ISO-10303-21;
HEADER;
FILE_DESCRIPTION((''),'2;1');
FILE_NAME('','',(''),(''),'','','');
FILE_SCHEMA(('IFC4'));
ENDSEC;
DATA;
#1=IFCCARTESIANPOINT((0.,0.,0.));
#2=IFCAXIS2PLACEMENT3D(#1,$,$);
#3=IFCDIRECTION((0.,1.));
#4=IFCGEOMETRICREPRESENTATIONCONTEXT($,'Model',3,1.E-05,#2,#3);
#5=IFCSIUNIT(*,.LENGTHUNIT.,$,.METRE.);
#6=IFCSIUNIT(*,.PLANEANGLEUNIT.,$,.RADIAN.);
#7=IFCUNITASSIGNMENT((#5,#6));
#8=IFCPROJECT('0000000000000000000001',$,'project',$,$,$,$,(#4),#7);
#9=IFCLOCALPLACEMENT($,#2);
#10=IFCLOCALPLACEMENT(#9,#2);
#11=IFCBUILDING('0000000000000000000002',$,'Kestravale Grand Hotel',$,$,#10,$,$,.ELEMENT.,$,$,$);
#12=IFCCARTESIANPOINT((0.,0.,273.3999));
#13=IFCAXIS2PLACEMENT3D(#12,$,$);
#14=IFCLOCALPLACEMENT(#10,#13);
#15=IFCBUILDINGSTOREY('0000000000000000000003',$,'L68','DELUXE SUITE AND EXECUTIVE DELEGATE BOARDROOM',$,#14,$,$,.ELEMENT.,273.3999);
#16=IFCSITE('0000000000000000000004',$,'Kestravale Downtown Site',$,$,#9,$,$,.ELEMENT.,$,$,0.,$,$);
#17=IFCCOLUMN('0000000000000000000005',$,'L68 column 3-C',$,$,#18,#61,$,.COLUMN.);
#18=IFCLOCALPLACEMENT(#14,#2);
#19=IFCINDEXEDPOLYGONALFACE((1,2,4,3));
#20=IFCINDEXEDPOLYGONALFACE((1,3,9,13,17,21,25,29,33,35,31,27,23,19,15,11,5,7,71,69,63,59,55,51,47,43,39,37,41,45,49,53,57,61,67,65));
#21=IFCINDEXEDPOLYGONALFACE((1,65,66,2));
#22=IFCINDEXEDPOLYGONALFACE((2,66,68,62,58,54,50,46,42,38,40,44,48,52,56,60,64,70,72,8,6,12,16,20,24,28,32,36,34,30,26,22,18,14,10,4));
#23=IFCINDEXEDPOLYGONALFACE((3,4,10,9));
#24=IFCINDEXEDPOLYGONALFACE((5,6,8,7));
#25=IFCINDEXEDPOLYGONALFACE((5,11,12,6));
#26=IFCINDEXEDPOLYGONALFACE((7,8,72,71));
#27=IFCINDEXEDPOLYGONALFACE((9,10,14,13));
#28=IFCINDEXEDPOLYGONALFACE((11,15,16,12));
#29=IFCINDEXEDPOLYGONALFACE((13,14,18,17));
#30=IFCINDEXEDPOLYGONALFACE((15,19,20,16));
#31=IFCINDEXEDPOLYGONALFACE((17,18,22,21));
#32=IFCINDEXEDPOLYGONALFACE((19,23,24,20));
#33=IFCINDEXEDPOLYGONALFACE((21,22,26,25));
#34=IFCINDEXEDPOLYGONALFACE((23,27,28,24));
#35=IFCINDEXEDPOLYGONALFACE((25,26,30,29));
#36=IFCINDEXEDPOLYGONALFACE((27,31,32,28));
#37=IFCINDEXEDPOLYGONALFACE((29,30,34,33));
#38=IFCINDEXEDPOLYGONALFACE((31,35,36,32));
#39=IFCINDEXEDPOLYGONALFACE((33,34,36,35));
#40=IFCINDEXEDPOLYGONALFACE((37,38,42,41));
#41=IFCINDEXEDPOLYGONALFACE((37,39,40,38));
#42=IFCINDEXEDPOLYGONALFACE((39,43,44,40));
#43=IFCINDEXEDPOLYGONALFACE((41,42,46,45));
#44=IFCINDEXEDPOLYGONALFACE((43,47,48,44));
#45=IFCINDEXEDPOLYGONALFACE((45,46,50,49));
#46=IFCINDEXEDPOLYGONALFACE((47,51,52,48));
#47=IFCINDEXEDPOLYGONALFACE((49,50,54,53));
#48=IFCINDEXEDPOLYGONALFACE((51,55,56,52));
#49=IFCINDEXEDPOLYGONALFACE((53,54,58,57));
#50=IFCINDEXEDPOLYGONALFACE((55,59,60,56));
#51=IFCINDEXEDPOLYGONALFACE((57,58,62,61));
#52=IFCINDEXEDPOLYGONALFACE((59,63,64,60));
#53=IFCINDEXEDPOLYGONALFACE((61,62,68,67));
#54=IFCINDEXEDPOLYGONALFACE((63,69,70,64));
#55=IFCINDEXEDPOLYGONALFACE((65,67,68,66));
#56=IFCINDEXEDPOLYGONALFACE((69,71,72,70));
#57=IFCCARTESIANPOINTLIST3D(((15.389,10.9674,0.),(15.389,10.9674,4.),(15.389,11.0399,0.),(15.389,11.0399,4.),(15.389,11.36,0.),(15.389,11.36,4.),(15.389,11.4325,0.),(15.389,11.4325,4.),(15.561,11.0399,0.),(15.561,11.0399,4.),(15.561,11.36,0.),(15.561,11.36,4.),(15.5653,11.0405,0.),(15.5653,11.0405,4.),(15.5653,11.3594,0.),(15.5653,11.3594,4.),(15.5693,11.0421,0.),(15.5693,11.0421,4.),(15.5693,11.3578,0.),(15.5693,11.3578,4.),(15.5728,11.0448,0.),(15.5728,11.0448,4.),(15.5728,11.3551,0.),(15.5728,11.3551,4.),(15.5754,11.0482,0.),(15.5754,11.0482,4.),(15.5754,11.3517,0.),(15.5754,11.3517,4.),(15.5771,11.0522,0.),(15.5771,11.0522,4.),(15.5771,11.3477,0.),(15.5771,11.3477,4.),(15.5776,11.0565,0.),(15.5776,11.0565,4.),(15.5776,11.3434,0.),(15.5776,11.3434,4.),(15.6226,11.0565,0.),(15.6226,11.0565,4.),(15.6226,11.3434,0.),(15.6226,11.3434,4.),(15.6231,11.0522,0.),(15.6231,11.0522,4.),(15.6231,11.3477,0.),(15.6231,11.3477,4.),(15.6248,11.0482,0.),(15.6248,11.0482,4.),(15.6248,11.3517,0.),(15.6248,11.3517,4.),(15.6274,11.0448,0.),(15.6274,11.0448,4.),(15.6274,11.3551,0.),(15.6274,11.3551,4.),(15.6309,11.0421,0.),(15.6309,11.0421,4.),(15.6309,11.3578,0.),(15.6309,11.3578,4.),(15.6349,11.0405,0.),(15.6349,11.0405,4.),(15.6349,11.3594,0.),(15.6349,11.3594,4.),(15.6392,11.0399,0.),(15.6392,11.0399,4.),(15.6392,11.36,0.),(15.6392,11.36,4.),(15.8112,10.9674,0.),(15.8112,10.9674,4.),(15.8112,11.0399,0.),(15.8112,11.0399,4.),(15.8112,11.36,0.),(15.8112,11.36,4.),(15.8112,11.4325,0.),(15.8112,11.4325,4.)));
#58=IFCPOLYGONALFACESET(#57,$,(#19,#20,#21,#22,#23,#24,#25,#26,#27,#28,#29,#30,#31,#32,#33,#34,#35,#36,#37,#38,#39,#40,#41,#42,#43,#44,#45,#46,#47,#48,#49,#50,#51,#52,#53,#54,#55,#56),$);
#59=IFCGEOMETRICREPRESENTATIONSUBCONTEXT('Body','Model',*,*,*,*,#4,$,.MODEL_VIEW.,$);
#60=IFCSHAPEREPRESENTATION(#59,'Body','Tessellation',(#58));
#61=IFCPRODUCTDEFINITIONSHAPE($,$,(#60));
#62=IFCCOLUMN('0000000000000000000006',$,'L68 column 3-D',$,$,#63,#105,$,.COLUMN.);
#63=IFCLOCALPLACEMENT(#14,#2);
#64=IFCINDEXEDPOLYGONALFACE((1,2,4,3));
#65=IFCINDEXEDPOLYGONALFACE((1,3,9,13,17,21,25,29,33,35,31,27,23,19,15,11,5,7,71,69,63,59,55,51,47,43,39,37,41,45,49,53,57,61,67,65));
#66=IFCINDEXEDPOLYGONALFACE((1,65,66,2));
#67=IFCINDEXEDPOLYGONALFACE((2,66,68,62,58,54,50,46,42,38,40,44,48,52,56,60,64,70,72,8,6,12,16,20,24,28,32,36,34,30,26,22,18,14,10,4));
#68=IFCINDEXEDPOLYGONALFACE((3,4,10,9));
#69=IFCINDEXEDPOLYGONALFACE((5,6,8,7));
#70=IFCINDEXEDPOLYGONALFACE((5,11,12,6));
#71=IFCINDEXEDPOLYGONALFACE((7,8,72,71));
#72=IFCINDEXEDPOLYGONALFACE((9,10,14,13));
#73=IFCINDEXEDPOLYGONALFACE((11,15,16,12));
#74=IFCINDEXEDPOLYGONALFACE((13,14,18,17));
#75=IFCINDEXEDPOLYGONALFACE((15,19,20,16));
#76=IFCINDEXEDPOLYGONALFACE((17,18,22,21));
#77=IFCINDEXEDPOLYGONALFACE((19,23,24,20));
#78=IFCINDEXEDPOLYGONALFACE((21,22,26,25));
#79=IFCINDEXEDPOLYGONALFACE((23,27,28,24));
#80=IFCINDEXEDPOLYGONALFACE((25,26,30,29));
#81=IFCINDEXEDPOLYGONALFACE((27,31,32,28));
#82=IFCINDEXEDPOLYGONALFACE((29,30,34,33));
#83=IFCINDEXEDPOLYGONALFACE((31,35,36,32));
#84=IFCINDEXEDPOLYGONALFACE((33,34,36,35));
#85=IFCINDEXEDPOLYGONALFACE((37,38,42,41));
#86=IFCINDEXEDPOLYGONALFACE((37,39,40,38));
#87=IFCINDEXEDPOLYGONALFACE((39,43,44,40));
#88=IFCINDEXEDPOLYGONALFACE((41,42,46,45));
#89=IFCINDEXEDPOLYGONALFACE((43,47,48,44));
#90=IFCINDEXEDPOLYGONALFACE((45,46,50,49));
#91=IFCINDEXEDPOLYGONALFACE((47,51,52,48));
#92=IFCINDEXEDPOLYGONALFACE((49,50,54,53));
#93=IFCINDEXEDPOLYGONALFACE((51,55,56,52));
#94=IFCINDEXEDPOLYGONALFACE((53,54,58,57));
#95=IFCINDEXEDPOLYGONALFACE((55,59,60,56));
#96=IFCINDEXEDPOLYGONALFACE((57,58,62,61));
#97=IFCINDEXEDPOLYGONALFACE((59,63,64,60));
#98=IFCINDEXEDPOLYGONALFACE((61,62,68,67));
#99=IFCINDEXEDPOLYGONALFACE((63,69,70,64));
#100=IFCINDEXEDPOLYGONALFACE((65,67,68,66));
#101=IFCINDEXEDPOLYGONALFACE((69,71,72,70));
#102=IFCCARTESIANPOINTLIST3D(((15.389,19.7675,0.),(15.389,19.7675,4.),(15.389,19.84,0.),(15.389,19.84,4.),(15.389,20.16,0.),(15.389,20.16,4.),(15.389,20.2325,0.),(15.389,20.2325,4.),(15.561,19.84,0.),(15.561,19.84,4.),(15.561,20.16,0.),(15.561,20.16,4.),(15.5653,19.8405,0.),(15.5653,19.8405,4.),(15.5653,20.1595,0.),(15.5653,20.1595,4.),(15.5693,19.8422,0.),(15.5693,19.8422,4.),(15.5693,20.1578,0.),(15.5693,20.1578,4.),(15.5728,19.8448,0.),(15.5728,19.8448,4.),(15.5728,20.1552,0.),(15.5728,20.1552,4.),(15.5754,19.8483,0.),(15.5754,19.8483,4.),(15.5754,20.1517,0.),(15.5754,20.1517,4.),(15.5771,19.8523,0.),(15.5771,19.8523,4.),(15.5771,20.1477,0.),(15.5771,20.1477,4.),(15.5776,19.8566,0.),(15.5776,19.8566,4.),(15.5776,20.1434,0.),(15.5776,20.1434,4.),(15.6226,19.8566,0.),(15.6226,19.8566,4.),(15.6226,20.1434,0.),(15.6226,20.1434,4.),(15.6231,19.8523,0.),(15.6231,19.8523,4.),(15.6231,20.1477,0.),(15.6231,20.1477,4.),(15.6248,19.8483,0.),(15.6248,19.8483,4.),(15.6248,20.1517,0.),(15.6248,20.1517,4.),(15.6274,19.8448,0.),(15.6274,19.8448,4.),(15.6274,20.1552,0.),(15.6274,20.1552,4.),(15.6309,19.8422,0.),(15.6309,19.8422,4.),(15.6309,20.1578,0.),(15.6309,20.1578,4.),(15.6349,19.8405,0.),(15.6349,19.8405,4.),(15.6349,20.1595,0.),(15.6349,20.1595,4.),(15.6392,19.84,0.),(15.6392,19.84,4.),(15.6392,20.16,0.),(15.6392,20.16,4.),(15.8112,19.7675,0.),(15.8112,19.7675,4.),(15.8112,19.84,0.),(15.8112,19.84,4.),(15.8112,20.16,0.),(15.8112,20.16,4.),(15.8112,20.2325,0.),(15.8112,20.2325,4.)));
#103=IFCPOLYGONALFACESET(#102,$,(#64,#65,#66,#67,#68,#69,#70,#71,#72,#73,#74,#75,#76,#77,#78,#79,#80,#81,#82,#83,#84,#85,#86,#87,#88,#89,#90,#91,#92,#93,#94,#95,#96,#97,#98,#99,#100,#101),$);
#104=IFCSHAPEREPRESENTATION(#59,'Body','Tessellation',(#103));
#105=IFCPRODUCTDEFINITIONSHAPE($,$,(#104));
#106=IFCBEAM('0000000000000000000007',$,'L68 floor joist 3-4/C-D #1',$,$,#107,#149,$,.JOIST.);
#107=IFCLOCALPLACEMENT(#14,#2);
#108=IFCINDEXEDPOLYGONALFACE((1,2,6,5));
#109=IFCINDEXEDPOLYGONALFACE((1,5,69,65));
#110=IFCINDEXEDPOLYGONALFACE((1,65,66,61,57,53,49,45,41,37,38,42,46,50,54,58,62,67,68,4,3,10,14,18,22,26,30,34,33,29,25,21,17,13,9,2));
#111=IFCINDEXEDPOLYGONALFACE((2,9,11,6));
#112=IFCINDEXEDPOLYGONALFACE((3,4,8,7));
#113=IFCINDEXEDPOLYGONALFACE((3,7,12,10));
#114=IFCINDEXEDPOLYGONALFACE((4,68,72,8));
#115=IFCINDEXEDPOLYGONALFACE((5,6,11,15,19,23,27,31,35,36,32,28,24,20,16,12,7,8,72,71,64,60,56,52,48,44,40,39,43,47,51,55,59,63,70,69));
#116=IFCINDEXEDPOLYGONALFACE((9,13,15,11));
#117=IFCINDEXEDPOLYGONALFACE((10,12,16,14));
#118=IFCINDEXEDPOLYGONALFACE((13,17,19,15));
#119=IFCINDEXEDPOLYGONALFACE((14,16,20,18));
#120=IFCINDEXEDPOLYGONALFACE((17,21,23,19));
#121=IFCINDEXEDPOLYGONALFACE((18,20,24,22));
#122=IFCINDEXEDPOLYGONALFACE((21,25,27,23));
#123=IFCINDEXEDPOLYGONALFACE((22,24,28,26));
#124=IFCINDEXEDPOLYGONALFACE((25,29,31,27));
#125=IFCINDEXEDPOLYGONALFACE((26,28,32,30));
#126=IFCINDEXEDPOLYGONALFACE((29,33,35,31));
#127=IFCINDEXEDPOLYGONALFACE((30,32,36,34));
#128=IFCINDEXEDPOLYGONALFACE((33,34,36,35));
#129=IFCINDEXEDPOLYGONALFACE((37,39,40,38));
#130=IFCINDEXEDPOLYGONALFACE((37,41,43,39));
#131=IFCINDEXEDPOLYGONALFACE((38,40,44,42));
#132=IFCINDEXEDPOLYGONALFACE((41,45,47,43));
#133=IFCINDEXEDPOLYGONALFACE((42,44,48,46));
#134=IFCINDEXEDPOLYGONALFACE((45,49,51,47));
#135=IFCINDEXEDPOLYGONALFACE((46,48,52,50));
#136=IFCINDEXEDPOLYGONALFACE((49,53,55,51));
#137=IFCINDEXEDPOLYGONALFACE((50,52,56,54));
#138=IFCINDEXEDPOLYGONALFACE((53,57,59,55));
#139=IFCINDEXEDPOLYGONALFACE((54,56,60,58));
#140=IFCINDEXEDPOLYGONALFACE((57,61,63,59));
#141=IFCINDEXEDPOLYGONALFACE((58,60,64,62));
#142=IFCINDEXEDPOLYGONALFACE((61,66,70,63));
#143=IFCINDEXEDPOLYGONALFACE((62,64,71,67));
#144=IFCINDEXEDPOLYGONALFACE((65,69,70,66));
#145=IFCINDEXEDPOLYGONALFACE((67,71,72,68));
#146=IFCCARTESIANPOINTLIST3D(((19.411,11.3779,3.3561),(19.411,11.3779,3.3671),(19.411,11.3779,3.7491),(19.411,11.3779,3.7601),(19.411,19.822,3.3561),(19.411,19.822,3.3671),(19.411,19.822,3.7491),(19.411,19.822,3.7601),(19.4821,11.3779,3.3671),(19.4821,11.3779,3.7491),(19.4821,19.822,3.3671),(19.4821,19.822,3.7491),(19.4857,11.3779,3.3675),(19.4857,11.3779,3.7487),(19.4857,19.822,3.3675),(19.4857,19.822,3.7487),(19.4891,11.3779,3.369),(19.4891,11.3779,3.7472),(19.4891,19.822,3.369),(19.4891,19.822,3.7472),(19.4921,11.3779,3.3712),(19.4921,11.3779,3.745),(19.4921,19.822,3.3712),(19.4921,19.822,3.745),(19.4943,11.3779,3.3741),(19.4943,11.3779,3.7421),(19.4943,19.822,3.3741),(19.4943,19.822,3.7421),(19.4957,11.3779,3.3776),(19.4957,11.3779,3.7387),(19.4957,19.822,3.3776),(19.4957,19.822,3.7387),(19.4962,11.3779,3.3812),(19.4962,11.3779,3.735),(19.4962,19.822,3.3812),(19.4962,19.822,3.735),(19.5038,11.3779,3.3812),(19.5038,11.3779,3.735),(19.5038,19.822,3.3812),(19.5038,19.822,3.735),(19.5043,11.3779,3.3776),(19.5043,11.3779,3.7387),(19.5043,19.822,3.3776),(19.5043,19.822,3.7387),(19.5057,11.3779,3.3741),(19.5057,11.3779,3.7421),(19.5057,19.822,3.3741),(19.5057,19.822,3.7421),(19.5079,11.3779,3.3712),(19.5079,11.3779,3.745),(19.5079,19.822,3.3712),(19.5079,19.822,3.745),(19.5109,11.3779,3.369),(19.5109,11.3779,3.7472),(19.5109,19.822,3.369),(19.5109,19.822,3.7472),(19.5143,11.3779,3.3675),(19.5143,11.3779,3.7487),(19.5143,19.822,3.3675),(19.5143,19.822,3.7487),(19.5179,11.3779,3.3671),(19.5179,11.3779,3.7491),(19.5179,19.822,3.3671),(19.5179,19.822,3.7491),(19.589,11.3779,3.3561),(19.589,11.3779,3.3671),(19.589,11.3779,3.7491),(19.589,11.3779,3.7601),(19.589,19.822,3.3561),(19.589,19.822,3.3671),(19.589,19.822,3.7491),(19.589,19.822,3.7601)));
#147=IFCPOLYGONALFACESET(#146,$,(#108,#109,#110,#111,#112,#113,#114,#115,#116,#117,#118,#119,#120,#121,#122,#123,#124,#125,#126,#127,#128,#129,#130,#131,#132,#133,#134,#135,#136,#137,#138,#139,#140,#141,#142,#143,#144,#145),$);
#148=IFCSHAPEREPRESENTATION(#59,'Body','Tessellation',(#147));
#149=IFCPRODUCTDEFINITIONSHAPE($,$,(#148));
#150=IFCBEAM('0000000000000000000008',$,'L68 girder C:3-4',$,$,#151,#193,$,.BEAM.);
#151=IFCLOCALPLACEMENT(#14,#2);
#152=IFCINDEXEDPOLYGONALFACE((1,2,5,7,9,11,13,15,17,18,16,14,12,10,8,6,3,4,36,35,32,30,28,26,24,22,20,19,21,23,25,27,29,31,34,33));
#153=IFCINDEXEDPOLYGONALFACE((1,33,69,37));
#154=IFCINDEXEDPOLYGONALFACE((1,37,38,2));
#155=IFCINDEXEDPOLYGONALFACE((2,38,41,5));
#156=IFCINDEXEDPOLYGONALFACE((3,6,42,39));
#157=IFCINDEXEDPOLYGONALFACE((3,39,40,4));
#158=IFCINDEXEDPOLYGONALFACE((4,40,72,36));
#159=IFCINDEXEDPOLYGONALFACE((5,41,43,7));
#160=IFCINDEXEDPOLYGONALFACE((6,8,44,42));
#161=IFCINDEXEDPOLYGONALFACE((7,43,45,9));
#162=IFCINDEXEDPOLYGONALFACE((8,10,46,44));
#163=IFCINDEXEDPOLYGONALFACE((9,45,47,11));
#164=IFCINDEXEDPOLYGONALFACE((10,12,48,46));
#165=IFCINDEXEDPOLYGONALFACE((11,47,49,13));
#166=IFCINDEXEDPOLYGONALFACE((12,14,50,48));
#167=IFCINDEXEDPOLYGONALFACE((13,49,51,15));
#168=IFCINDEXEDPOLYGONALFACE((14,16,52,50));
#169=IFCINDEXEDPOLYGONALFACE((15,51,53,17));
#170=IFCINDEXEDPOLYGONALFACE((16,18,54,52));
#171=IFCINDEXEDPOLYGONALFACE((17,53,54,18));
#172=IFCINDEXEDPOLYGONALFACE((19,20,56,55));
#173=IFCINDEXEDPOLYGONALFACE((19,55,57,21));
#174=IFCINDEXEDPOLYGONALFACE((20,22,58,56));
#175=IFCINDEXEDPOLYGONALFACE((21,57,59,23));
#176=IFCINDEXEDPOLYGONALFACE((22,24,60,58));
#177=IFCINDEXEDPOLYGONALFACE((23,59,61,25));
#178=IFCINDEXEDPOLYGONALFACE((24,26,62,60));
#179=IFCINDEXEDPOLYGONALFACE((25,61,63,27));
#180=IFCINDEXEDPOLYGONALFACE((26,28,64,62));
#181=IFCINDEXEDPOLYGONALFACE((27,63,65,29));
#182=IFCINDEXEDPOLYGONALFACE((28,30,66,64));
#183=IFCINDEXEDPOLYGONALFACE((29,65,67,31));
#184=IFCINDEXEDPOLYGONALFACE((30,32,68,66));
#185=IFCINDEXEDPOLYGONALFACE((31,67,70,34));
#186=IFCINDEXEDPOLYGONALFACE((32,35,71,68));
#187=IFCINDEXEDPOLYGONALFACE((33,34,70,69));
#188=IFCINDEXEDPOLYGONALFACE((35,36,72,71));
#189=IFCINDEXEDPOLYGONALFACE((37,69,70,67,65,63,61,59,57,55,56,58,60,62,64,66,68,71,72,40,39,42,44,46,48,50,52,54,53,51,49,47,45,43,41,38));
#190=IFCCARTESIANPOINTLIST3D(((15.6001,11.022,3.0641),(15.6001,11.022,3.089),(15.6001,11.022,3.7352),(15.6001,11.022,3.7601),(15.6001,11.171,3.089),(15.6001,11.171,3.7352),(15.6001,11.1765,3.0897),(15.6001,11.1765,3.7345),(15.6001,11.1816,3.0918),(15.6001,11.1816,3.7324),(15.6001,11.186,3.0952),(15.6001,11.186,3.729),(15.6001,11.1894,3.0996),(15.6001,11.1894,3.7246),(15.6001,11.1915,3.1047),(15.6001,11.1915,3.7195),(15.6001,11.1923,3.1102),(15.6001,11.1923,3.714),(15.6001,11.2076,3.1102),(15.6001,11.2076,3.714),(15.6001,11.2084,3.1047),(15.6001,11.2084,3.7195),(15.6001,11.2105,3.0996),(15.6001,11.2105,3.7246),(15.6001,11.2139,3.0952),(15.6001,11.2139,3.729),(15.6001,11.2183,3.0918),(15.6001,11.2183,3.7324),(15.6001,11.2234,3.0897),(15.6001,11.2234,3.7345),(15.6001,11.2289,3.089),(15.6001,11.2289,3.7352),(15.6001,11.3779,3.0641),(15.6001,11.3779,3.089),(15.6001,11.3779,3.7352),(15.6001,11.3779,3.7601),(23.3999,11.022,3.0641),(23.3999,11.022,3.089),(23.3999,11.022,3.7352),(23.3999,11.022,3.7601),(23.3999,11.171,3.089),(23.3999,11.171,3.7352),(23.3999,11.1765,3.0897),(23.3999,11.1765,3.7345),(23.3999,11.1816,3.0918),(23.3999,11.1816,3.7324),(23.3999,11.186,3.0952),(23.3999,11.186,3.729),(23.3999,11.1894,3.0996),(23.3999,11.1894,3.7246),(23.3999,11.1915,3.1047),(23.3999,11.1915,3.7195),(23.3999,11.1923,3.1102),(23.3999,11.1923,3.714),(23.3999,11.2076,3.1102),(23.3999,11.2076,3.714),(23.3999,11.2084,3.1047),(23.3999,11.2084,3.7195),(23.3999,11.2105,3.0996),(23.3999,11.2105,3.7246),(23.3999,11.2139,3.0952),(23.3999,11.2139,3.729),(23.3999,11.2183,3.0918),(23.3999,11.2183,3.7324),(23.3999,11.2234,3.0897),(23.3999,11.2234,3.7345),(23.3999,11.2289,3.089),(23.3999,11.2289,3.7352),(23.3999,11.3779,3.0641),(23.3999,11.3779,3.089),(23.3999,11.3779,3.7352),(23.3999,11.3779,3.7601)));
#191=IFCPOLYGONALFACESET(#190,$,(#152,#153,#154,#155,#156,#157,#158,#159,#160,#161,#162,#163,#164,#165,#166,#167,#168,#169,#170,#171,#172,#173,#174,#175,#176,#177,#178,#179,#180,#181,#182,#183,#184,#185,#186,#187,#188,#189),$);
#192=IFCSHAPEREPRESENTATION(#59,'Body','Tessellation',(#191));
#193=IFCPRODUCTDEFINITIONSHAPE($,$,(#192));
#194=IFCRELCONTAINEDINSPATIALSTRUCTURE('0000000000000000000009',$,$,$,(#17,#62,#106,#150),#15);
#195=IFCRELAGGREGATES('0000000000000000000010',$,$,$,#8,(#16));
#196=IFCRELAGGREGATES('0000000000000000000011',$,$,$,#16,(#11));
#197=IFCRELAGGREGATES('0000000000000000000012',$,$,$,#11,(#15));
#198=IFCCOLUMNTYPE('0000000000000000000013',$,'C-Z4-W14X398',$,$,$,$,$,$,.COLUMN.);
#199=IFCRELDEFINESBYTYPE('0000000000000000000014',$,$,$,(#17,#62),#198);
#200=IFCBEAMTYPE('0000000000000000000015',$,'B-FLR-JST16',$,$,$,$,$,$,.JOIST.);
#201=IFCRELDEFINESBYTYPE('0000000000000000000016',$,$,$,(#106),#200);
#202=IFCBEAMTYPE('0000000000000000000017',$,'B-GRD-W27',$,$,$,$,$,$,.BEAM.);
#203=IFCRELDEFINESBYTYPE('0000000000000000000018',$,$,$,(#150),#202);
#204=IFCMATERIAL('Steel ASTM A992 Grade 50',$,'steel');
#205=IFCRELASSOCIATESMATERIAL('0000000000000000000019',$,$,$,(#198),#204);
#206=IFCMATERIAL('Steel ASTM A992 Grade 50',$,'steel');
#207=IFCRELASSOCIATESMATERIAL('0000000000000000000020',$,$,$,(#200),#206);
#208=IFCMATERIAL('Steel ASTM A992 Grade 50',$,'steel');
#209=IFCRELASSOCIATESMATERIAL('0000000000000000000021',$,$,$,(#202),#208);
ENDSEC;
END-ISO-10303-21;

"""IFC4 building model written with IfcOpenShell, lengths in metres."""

from ifc_helpers import new_model, si_unit, direction, frame, origin, origin_2d, place, context, subcontext, project, spatial, i_section, extrude, material, material_profile, profile_set, type_object, element, save


model = new_model("IFC4")

# Units and contexts
model_context = context("Model", 3, precision=1e-05, world=origin(), true_north=direction((0.0, 1.0)))
body_context = subcontext(model_context, "Body", "Model", "MODEL_VIEW")
ifc_project = project(units=[si_unit("LENGTHUNIT", "METRE"), si_unit("PLANEANGLEUNIT", "RADIAN")], contexts=[model_context])

# Site, building, storey
site_placement = place(None, origin())
site = spatial("IfcSite", under=ifc_project, at=site_placement, Name="Kestravale Downtown Site", CompositionType="ELEMENT", RefElevation=0.0)
building_placement = place(site_placement, origin())
building = spatial("IfcBuilding", under=site, at=building_placement, Name="Kestravale Grand Hotel", CompositionType="ELEMENT")
storey_placement = place(building_placement, frame((0.0, 0.0, 273.3999)))
storey = spatial("IfcBuildingStorey", under=building, at=storey_placement, Name="L68", Description="DELUXE SUITE AND EXECUTIVE DELEGATE BOARDROOM", CompositionType="ELEMENT", Elevation=273.3999)

# Columns
ifc_material_1 = material(Name="Steel ASTM A992 Grade 50", Category="steel")
ifc_material_profile_1 = material_profile(ifc_material_1, i_section(OverallWidth=0.4221, OverallDepth=0.4651, WebThickness=0.0449, FlangeThickness=0.0725, FilletRadius=0.0166, at=origin_2d()))
ifc_profile_set_1 = profile_set([ifc_material_profile_1], Name="Steel ASTM A992 Grade 50")
column_type = type_object("IfcColumnType", Name="C-Z4-W14X398", PredefinedType="COLUMN", material=ifc_profile_set_1)
for number, where, z_axis, x_axis, name in (
    (1, (15.6001, 11.2, 0.0), (0.0, 0.0, 1.0), (1.0, 0.0, 0.0), "L68 column 3-C"),
    (2, (15.6001, 20.0, 0.0), (0.0, 0.0, 1.0), (1.0, 0.0, 0.0), "L68 column 3-D"),
):
    element("IfcColumn", number, at=place(storey_placement, frame(where, z_axis=z_axis, x_axis=x_axis)), inside=storey, type_object=column_type, Name=name, PredefinedType="COLUMN", context=body_context, shape_type="SweptSolid", body=[
        extrude(i_section(OverallWidth=0.4221, OverallDepth=0.4651, WebThickness=0.0449, FlangeThickness=0.0725, FilletRadius=0.0166, at=origin_2d()), origin(), (0.0, 0.0, 1.0), 4.0),
    ])

# Beams
ifc_material_2 = material(Name="Steel ASTM A992 Grade 50", Category="steel")
ifc_material_profile_2 = material_profile(ifc_material_2, i_section(OverallWidth=0.178, OverallDepth=0.4041, WebThickness=0.0076, FlangeThickness=0.011, FilletRadius=0.0142, at=origin_2d()))
ifc_profile_set_2 = profile_set([ifc_material_profile_2], Name="Steel ASTM A992 Grade 50")
beam_type_1 = type_object("IfcBeamType", Name="B-FLR-JST16", PredefinedType="JOIST", material=ifc_profile_set_2)
beam_placement = place(storey_placement, frame((19.5, 11.3779, 3.5581), z_axis=(0.0, 1.0, 0.0), x_axis=(-1.0, 0.0, 0.0)))
element("IfcBeam", 3, at=beam_placement, inside=storey, type_object=beam_type_1, Name="L68 floor joist 3-4/C-D #1", PredefinedType="JOIST", context=body_context, shape_type="SweptSolid", body=[
    extrude(i_section(OverallWidth=0.178, OverallDepth=0.4041, WebThickness=0.0076, FlangeThickness=0.011, FilletRadius=0.0142, at=origin_2d()), origin(), (0.0, 0.0, 1.0), 8.4441),
])
ifc_material_3 = material(Name="Steel ASTM A992 Grade 50", Category="steel")
ifc_material_profile_3 = material_profile(ifc_material_3, i_section(OverallWidth=0.356, OverallDepth=0.696, WebThickness=0.0154, FlangeThickness=0.0249, FilletRadius=0.0212, at=origin_2d()))
ifc_profile_set_3 = profile_set([ifc_material_profile_3], Name="Steel ASTM A992 Grade 50")
beam_type_2 = type_object("IfcBeamType", Name="B-GRD-W27", PredefinedType="BEAM", material=ifc_profile_set_3)
for number, where, z_axis, x_axis, name in (
    (4, (15.6001, 11.2, 3.4121), (1.0, 0.0, 0.0), (0.0, 1.0, 0.0), "L68 girder C:3-4"),
):
    element("IfcBeam", number, at=place(storey_placement, frame(where, z_axis=z_axis, x_axis=x_axis)), inside=storey, type_object=beam_type_2, Name=name, PredefinedType="BEAM", context=body_context, shape_type="SweptSolid", body=[
        extrude(i_section(OverallWidth=0.356, OverallDepth=0.696, WebThickness=0.0154, FlangeThickness=0.0249, FilletRadius=0.0212, at=origin_2d()), origin(), (0.0, 0.0, 1.0), 7.7998),
    ])

save(model, "model.ifc")
